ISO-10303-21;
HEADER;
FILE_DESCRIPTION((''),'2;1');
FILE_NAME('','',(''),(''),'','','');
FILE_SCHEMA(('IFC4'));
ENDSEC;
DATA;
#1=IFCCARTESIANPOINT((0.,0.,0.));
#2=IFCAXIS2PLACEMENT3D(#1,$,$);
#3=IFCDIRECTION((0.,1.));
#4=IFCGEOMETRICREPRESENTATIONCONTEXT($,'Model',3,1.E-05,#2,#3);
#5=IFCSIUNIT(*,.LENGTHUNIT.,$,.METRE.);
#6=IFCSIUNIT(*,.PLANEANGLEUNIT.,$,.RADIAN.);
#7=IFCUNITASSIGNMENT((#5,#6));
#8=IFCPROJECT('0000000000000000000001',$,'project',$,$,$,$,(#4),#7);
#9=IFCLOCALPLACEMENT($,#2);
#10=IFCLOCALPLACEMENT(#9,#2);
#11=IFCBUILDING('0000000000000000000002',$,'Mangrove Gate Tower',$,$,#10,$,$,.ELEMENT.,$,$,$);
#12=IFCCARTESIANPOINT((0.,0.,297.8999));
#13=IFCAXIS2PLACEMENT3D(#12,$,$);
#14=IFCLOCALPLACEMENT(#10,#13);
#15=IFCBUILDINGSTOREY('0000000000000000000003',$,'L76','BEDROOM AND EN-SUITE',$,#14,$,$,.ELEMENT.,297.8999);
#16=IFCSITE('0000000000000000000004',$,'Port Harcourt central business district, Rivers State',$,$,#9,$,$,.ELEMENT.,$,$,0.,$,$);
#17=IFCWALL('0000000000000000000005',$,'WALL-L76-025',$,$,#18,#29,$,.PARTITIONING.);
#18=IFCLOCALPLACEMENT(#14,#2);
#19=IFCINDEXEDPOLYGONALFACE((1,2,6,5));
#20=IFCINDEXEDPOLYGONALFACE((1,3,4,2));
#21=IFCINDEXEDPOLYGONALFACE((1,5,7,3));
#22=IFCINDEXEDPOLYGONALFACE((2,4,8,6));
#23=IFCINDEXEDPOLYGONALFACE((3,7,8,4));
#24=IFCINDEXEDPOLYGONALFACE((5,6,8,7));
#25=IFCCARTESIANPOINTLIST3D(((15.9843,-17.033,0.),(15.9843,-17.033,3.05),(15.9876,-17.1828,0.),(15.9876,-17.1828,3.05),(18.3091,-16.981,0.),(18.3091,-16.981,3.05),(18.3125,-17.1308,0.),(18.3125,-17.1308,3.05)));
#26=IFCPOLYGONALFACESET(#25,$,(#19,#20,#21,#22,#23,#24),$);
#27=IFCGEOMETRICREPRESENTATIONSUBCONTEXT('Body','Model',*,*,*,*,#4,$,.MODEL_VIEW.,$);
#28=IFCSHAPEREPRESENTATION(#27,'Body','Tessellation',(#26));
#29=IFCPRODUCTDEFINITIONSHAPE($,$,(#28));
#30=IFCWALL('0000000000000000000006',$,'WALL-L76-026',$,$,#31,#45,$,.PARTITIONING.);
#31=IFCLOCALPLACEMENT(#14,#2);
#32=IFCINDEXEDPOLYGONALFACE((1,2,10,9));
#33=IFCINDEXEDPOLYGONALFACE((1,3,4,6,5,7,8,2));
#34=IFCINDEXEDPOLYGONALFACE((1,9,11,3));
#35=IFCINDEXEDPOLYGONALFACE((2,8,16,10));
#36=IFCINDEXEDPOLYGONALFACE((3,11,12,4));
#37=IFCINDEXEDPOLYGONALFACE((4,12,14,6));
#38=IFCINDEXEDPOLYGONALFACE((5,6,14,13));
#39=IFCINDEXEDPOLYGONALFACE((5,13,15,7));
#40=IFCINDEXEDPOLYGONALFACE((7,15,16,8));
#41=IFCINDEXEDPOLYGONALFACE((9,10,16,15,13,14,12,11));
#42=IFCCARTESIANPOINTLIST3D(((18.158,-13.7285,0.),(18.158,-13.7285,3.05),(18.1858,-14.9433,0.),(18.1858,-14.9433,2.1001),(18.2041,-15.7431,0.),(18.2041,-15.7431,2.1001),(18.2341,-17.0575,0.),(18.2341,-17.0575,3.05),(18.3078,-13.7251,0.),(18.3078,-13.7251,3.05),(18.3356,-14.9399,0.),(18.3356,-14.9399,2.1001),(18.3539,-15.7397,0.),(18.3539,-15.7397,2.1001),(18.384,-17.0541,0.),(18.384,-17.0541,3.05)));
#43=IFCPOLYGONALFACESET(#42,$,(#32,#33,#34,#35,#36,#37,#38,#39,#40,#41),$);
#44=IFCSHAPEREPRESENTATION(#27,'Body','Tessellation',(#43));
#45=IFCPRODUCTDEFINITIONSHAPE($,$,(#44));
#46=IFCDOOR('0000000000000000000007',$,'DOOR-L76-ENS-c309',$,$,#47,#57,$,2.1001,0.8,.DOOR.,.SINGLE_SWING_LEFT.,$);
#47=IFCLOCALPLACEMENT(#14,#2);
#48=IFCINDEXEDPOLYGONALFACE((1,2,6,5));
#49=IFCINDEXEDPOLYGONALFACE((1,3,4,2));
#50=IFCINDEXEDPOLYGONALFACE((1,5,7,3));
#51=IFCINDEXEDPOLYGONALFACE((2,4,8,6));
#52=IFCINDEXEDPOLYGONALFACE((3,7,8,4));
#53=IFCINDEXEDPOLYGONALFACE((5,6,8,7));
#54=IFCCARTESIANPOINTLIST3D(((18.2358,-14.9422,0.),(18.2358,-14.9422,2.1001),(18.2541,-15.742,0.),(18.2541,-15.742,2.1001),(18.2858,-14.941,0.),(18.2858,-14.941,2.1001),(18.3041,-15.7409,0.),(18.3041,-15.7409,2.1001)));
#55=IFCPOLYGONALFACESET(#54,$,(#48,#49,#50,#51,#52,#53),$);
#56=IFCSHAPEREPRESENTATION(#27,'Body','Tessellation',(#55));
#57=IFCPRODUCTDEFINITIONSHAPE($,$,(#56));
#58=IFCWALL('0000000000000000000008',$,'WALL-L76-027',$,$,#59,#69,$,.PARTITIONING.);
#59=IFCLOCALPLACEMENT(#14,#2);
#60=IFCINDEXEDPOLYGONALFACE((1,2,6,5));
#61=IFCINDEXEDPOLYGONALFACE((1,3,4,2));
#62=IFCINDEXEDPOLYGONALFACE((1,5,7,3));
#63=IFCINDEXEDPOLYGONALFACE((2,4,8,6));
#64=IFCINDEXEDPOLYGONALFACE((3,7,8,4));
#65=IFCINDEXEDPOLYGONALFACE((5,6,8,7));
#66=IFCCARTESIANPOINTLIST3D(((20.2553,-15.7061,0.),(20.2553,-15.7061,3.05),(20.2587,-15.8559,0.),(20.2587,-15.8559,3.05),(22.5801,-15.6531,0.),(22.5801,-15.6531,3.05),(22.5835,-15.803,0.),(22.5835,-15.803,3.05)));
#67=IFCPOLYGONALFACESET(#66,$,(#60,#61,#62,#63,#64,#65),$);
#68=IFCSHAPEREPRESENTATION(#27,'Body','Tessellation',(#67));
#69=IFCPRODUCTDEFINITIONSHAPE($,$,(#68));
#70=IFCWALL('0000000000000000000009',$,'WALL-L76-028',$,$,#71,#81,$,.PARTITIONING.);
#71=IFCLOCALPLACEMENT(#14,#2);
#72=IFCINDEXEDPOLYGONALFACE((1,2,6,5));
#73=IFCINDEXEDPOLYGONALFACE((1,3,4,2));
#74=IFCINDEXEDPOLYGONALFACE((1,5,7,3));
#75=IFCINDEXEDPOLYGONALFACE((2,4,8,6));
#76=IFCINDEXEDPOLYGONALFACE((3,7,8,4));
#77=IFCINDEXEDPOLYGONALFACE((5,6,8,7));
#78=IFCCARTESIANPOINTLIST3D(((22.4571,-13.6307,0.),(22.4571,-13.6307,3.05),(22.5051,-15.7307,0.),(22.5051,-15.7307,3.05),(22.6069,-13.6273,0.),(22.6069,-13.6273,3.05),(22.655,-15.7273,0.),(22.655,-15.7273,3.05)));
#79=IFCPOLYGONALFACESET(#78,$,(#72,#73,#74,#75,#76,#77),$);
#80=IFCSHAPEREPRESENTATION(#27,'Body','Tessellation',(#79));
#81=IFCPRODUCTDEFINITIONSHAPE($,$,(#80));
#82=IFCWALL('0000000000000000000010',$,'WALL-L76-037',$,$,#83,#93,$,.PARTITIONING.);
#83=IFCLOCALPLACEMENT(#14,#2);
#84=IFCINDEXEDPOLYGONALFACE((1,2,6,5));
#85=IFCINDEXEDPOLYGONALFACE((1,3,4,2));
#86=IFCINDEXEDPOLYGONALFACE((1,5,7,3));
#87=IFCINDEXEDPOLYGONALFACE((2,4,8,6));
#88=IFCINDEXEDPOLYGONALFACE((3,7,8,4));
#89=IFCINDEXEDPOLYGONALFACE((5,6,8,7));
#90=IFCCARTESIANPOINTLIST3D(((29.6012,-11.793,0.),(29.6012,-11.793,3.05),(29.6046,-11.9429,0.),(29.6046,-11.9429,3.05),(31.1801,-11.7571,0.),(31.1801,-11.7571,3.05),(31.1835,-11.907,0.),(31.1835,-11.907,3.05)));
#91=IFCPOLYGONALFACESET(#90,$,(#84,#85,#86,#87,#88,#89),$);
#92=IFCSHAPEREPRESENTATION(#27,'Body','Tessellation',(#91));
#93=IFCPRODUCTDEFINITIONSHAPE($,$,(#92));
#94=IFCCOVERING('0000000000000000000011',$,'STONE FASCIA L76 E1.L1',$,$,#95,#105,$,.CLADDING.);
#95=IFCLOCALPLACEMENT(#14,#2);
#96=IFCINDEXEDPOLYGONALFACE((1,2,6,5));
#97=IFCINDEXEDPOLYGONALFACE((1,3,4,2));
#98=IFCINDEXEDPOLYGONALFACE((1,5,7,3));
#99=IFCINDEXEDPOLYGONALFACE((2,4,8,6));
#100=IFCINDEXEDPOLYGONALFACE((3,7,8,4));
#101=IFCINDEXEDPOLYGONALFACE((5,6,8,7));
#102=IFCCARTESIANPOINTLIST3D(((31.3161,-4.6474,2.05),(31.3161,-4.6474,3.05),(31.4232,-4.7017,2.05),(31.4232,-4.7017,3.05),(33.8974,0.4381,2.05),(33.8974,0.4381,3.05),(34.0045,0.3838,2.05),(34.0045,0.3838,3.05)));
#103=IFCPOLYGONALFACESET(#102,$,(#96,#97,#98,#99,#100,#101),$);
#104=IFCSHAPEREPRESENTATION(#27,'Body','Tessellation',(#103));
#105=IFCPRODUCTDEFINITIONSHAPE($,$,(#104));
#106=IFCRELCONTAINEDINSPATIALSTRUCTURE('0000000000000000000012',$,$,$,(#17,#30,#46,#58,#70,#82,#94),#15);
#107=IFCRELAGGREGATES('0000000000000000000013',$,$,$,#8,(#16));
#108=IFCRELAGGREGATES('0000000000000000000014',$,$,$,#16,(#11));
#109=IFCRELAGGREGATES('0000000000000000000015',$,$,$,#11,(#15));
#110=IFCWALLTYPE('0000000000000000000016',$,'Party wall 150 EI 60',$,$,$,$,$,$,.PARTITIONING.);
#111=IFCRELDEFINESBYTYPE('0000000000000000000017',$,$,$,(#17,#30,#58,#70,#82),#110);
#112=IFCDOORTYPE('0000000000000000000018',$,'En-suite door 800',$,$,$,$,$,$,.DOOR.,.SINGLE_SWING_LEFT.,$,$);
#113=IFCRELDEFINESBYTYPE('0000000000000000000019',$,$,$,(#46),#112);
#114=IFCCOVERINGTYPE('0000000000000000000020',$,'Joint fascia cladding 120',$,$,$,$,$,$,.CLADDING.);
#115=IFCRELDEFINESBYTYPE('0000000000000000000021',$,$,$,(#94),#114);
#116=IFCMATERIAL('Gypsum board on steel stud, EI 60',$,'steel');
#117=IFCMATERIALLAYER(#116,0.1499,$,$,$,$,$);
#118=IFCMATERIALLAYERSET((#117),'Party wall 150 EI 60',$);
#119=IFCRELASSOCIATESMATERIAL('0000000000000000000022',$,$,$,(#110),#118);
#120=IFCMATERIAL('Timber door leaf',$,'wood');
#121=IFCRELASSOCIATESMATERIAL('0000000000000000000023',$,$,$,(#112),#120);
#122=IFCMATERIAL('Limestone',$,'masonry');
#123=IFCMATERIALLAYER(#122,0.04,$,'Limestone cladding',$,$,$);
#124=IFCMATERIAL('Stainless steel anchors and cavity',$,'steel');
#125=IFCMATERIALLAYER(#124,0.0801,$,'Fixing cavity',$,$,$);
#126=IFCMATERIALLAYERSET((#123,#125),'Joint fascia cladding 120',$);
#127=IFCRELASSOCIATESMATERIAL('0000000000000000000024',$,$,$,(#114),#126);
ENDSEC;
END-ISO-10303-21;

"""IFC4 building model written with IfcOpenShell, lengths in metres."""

from ifc_helpers import new_model, si_unit, direction, frame, frame_2d, origin, place, context, subcontext, project, spatial, rectangle, extrude, material, layer, layer_set, type_object, element, fill, save


model = new_model("IFC4")

# Units and contexts
model_context = context("Model", 3, precision=1e-05, world=origin(), true_north=direction((0.0, 1.0)))
body_context = subcontext(model_context, "Body", "Model", "MODEL_VIEW")
ifc_project = project(units=[si_unit("LENGTHUNIT", "METRE"), si_unit("PLANEANGLEUNIT", "RADIAN")], contexts=[model_context])

# Site, building, storey
site_placement = place(None, origin())
site = spatial("IfcSite", under=ifc_project, at=site_placement, Name="Port Harcourt central business district, Rivers State", CompositionType="ELEMENT", RefElevation=0.0)
building_placement = place(site_placement, origin())
building = spatial("IfcBuilding", under=site, at=building_placement, Name="Mangrove Gate Tower", CompositionType="ELEMENT")
storey_placement = place(building_placement, frame((0.0, 0.0, 297.8999)))
storey = spatial("IfcBuildingStorey", under=building, at=storey_placement, Name="L76", Description="BEDROOM AND EN-SUITE", CompositionType="ELEMENT", Elevation=297.8999)

# Wall
ifc_material_1 = material(Name="Gypsum board on steel stud, EI 60", Category="steel")
ifc_layer_1 = layer(ifc_material_1, 0.1499)
ifc_layer_set_1 = layer_set([ifc_layer_1], Name="Party wall 150 EI 60")
wall_type_1 = type_object("IfcWallType", Name="Party wall 150 EI 60", PredefinedType="PARTITIONING", material=ifc_layer_set_1)
wall_1_placement = place(storey_placement, frame((15.9861, -17.1079, 0.0), z_axis=(0.0, 0.0, 1.0), x_axis=(0.99975, 0.022361, 0.0)))
element("IfcWall", 1, at=wall_1_placement, inside=storey, type_object=wall_type_1, Name="WALL-L76-025", PredefinedType="PARTITIONING", context=body_context, shape_type="SweptSolid", body=[
    extrude(rectangle(XDim=2.3254, YDim=0.1499, at=frame_2d((1.1626, 0.0))), origin(), (0.0, 0.0, 1.0), 3.05),
])

# Wall, opening, door
wall_2_placement = place(storey_placement, frame((18.3091, -17.0559, 0.0), z_axis=(0.0, 0.0, 1.0), x_axis=(-0.022876, 0.999738, 0.0)))
wall_2 = element("IfcWall", 2, at=wall_2_placement, inside=storey, type_object=wall_type_1, Name="WALL-L76-026", PredefinedType="PARTITIONING", context=body_context, shape_type="SweptSolid", body=[
    extrude(rectangle(XDim=3.3298, YDim=0.1499, at=frame_2d((1.665, 0.0))), origin(), (0.0, 0.0, 1.0), 3.05),
])
opening_1_placement = place(wall_2_placement, frame((1.3149, 0.0, 0.0)))
opening_1 = element("IfcOpeningElement", 3, at=opening_1_placement, cuts=wall_2, PredefinedType="OPENING", context=body_context, shape_type="SweptSolid", body=[
    extrude(rectangle(XDim=0.8, YDim=2.1001, at=frame_2d((0.3999, 1.05))), frame((0.0, 0.085, 0.0), z_axis=(0.0, -1.0, 0.0), x_axis=(1.0, 0.0, 0.0)), (0.0, 0.0, 1.0), 0.1699),
])
ifc_material_2 = material(Name="Timber door leaf", Category="wood")
door_type_1 = type_object("IfcDoorType", Name="En-suite door 800", OperationType="SINGLE_SWING_LEFT", PredefinedType="DOOR", material=ifc_material_2)
door_1_placement = place(opening_1_placement, origin())
door_1 = element("IfcDoor", 4, at=door_1_placement, inside=storey, type_object=door_type_1, Name="DOOR-L76-ENS-c309", OperationType="SINGLE_SWING_LEFT", OverallHeight=2.1001, OverallWidth=0.8, PredefinedType="DOOR", context=body_context, shape_type="SweptSolid", body=[
    extrude(rectangle(XDim=0.8, YDim=2.1001, at=frame_2d((0.3999, 1.05))), frame((0.0, 0.0249, 0.0), z_axis=(0.0, -1.0, 0.0), x_axis=(1.0, 0.0, 0.0)), (0.0, 0.0, 1.0), 0.05),
])
fill(opening_1, door_1)

# Walls
wall_3_placement = place(storey_placement, frame((20.2571, -15.781, 0.0), z_axis=(0.0, 0.0, 1.0), x_axis=(0.99974, 0.022781, 0.0)))
element("IfcWall", 5, at=wall_3_placement, inside=storey, type_object=wall_type_1, Name="WALL-L76-027", PredefinedType="PARTITIONING", context=body_context, shape_type="SweptSolid", body=[
    extrude(rectangle(XDim=2.3254, YDim=0.1499, at=frame_2d((1.1626, 0.0))), origin(), (0.0, 0.0, 1.0), 3.05),
])
wall_4_placement = place(storey_placement, frame((22.5801, -15.729, 0.0), z_axis=(0.0, 0.0, 1.0), x_axis=(-0.022896, 0.999738, 0.0)))
element("IfcWall", 6, at=wall_4_placement, inside=storey, type_object=wall_type_1, Name="WALL-L76-028", PredefinedType="PARTITIONING", context=body_context, shape_type="SweptSolid", body=[
    extrude(rectangle(XDim=2.1006, YDim=0.1499, at=frame_2d((1.0503, 0.0))), origin(), (0.0, 0.0, 1.0), 3.05),
])
wall_5_placement = place(storey_placement, frame((29.603, -11.8679, 0.0), z_axis=(0.0, 0.0, 1.0), x_axis=(0.999742, 0.022725, 0.0)))
element("IfcWall", 7, at=wall_5_placement, inside=storey, type_object=wall_type_1, Name="WALL-L76-037", PredefinedType="PARTITIONING", context=body_context, shape_type="SweptSolid", body=[
    extrude(rectangle(XDim=1.5793, YDim=0.1499, at=frame_2d((0.7896, 0.0))), origin(), (0.0, 0.0, 1.0), 3.05),
])

# Covering
ifc_material_3 = material(Name="Limestone", Category="masonry")
ifc_layer_2 = layer(ifc_material_3, 0.04, Name="Limestone cladding")
ifc_material_4 = material(Name="Stainless steel anchors and cavity", Category="steel")
ifc_layer_3 = layer(ifc_material_4, 0.0801, Name="Fixing cavity")
ifc_layer_set_2 = layer_set([ifc_layer_2, ifc_layer_3], Name="Joint fascia cladding 120")
covering_type = type_object("IfcCoveringType", Name="Joint fascia cladding 120", PredefinedType="CLADDING", material=ifc_layer_set_2)
covering_placement = place(storey_placement, frame((31.3696, -4.6746, 2.05), z_axis=(0.0, 0.0, 1.0), x_axis=(0.452616, 0.891705, 0.0)))
element("IfcCovering", 8, at=covering_placement, inside=storey, type_object=covering_type, Name="STONE FASCIA L76 E1.L1", PredefinedType="CLADDING", context=body_context, shape_type="SweptSolid", body=[
    extrude(rectangle(XDim=5.7031, YDim=0.1201, at=frame_2d((2.8516, 0.0))), origin(), (0.0, 0.0, 1.0), 1.0),
])

save(model, "model.ifc")
